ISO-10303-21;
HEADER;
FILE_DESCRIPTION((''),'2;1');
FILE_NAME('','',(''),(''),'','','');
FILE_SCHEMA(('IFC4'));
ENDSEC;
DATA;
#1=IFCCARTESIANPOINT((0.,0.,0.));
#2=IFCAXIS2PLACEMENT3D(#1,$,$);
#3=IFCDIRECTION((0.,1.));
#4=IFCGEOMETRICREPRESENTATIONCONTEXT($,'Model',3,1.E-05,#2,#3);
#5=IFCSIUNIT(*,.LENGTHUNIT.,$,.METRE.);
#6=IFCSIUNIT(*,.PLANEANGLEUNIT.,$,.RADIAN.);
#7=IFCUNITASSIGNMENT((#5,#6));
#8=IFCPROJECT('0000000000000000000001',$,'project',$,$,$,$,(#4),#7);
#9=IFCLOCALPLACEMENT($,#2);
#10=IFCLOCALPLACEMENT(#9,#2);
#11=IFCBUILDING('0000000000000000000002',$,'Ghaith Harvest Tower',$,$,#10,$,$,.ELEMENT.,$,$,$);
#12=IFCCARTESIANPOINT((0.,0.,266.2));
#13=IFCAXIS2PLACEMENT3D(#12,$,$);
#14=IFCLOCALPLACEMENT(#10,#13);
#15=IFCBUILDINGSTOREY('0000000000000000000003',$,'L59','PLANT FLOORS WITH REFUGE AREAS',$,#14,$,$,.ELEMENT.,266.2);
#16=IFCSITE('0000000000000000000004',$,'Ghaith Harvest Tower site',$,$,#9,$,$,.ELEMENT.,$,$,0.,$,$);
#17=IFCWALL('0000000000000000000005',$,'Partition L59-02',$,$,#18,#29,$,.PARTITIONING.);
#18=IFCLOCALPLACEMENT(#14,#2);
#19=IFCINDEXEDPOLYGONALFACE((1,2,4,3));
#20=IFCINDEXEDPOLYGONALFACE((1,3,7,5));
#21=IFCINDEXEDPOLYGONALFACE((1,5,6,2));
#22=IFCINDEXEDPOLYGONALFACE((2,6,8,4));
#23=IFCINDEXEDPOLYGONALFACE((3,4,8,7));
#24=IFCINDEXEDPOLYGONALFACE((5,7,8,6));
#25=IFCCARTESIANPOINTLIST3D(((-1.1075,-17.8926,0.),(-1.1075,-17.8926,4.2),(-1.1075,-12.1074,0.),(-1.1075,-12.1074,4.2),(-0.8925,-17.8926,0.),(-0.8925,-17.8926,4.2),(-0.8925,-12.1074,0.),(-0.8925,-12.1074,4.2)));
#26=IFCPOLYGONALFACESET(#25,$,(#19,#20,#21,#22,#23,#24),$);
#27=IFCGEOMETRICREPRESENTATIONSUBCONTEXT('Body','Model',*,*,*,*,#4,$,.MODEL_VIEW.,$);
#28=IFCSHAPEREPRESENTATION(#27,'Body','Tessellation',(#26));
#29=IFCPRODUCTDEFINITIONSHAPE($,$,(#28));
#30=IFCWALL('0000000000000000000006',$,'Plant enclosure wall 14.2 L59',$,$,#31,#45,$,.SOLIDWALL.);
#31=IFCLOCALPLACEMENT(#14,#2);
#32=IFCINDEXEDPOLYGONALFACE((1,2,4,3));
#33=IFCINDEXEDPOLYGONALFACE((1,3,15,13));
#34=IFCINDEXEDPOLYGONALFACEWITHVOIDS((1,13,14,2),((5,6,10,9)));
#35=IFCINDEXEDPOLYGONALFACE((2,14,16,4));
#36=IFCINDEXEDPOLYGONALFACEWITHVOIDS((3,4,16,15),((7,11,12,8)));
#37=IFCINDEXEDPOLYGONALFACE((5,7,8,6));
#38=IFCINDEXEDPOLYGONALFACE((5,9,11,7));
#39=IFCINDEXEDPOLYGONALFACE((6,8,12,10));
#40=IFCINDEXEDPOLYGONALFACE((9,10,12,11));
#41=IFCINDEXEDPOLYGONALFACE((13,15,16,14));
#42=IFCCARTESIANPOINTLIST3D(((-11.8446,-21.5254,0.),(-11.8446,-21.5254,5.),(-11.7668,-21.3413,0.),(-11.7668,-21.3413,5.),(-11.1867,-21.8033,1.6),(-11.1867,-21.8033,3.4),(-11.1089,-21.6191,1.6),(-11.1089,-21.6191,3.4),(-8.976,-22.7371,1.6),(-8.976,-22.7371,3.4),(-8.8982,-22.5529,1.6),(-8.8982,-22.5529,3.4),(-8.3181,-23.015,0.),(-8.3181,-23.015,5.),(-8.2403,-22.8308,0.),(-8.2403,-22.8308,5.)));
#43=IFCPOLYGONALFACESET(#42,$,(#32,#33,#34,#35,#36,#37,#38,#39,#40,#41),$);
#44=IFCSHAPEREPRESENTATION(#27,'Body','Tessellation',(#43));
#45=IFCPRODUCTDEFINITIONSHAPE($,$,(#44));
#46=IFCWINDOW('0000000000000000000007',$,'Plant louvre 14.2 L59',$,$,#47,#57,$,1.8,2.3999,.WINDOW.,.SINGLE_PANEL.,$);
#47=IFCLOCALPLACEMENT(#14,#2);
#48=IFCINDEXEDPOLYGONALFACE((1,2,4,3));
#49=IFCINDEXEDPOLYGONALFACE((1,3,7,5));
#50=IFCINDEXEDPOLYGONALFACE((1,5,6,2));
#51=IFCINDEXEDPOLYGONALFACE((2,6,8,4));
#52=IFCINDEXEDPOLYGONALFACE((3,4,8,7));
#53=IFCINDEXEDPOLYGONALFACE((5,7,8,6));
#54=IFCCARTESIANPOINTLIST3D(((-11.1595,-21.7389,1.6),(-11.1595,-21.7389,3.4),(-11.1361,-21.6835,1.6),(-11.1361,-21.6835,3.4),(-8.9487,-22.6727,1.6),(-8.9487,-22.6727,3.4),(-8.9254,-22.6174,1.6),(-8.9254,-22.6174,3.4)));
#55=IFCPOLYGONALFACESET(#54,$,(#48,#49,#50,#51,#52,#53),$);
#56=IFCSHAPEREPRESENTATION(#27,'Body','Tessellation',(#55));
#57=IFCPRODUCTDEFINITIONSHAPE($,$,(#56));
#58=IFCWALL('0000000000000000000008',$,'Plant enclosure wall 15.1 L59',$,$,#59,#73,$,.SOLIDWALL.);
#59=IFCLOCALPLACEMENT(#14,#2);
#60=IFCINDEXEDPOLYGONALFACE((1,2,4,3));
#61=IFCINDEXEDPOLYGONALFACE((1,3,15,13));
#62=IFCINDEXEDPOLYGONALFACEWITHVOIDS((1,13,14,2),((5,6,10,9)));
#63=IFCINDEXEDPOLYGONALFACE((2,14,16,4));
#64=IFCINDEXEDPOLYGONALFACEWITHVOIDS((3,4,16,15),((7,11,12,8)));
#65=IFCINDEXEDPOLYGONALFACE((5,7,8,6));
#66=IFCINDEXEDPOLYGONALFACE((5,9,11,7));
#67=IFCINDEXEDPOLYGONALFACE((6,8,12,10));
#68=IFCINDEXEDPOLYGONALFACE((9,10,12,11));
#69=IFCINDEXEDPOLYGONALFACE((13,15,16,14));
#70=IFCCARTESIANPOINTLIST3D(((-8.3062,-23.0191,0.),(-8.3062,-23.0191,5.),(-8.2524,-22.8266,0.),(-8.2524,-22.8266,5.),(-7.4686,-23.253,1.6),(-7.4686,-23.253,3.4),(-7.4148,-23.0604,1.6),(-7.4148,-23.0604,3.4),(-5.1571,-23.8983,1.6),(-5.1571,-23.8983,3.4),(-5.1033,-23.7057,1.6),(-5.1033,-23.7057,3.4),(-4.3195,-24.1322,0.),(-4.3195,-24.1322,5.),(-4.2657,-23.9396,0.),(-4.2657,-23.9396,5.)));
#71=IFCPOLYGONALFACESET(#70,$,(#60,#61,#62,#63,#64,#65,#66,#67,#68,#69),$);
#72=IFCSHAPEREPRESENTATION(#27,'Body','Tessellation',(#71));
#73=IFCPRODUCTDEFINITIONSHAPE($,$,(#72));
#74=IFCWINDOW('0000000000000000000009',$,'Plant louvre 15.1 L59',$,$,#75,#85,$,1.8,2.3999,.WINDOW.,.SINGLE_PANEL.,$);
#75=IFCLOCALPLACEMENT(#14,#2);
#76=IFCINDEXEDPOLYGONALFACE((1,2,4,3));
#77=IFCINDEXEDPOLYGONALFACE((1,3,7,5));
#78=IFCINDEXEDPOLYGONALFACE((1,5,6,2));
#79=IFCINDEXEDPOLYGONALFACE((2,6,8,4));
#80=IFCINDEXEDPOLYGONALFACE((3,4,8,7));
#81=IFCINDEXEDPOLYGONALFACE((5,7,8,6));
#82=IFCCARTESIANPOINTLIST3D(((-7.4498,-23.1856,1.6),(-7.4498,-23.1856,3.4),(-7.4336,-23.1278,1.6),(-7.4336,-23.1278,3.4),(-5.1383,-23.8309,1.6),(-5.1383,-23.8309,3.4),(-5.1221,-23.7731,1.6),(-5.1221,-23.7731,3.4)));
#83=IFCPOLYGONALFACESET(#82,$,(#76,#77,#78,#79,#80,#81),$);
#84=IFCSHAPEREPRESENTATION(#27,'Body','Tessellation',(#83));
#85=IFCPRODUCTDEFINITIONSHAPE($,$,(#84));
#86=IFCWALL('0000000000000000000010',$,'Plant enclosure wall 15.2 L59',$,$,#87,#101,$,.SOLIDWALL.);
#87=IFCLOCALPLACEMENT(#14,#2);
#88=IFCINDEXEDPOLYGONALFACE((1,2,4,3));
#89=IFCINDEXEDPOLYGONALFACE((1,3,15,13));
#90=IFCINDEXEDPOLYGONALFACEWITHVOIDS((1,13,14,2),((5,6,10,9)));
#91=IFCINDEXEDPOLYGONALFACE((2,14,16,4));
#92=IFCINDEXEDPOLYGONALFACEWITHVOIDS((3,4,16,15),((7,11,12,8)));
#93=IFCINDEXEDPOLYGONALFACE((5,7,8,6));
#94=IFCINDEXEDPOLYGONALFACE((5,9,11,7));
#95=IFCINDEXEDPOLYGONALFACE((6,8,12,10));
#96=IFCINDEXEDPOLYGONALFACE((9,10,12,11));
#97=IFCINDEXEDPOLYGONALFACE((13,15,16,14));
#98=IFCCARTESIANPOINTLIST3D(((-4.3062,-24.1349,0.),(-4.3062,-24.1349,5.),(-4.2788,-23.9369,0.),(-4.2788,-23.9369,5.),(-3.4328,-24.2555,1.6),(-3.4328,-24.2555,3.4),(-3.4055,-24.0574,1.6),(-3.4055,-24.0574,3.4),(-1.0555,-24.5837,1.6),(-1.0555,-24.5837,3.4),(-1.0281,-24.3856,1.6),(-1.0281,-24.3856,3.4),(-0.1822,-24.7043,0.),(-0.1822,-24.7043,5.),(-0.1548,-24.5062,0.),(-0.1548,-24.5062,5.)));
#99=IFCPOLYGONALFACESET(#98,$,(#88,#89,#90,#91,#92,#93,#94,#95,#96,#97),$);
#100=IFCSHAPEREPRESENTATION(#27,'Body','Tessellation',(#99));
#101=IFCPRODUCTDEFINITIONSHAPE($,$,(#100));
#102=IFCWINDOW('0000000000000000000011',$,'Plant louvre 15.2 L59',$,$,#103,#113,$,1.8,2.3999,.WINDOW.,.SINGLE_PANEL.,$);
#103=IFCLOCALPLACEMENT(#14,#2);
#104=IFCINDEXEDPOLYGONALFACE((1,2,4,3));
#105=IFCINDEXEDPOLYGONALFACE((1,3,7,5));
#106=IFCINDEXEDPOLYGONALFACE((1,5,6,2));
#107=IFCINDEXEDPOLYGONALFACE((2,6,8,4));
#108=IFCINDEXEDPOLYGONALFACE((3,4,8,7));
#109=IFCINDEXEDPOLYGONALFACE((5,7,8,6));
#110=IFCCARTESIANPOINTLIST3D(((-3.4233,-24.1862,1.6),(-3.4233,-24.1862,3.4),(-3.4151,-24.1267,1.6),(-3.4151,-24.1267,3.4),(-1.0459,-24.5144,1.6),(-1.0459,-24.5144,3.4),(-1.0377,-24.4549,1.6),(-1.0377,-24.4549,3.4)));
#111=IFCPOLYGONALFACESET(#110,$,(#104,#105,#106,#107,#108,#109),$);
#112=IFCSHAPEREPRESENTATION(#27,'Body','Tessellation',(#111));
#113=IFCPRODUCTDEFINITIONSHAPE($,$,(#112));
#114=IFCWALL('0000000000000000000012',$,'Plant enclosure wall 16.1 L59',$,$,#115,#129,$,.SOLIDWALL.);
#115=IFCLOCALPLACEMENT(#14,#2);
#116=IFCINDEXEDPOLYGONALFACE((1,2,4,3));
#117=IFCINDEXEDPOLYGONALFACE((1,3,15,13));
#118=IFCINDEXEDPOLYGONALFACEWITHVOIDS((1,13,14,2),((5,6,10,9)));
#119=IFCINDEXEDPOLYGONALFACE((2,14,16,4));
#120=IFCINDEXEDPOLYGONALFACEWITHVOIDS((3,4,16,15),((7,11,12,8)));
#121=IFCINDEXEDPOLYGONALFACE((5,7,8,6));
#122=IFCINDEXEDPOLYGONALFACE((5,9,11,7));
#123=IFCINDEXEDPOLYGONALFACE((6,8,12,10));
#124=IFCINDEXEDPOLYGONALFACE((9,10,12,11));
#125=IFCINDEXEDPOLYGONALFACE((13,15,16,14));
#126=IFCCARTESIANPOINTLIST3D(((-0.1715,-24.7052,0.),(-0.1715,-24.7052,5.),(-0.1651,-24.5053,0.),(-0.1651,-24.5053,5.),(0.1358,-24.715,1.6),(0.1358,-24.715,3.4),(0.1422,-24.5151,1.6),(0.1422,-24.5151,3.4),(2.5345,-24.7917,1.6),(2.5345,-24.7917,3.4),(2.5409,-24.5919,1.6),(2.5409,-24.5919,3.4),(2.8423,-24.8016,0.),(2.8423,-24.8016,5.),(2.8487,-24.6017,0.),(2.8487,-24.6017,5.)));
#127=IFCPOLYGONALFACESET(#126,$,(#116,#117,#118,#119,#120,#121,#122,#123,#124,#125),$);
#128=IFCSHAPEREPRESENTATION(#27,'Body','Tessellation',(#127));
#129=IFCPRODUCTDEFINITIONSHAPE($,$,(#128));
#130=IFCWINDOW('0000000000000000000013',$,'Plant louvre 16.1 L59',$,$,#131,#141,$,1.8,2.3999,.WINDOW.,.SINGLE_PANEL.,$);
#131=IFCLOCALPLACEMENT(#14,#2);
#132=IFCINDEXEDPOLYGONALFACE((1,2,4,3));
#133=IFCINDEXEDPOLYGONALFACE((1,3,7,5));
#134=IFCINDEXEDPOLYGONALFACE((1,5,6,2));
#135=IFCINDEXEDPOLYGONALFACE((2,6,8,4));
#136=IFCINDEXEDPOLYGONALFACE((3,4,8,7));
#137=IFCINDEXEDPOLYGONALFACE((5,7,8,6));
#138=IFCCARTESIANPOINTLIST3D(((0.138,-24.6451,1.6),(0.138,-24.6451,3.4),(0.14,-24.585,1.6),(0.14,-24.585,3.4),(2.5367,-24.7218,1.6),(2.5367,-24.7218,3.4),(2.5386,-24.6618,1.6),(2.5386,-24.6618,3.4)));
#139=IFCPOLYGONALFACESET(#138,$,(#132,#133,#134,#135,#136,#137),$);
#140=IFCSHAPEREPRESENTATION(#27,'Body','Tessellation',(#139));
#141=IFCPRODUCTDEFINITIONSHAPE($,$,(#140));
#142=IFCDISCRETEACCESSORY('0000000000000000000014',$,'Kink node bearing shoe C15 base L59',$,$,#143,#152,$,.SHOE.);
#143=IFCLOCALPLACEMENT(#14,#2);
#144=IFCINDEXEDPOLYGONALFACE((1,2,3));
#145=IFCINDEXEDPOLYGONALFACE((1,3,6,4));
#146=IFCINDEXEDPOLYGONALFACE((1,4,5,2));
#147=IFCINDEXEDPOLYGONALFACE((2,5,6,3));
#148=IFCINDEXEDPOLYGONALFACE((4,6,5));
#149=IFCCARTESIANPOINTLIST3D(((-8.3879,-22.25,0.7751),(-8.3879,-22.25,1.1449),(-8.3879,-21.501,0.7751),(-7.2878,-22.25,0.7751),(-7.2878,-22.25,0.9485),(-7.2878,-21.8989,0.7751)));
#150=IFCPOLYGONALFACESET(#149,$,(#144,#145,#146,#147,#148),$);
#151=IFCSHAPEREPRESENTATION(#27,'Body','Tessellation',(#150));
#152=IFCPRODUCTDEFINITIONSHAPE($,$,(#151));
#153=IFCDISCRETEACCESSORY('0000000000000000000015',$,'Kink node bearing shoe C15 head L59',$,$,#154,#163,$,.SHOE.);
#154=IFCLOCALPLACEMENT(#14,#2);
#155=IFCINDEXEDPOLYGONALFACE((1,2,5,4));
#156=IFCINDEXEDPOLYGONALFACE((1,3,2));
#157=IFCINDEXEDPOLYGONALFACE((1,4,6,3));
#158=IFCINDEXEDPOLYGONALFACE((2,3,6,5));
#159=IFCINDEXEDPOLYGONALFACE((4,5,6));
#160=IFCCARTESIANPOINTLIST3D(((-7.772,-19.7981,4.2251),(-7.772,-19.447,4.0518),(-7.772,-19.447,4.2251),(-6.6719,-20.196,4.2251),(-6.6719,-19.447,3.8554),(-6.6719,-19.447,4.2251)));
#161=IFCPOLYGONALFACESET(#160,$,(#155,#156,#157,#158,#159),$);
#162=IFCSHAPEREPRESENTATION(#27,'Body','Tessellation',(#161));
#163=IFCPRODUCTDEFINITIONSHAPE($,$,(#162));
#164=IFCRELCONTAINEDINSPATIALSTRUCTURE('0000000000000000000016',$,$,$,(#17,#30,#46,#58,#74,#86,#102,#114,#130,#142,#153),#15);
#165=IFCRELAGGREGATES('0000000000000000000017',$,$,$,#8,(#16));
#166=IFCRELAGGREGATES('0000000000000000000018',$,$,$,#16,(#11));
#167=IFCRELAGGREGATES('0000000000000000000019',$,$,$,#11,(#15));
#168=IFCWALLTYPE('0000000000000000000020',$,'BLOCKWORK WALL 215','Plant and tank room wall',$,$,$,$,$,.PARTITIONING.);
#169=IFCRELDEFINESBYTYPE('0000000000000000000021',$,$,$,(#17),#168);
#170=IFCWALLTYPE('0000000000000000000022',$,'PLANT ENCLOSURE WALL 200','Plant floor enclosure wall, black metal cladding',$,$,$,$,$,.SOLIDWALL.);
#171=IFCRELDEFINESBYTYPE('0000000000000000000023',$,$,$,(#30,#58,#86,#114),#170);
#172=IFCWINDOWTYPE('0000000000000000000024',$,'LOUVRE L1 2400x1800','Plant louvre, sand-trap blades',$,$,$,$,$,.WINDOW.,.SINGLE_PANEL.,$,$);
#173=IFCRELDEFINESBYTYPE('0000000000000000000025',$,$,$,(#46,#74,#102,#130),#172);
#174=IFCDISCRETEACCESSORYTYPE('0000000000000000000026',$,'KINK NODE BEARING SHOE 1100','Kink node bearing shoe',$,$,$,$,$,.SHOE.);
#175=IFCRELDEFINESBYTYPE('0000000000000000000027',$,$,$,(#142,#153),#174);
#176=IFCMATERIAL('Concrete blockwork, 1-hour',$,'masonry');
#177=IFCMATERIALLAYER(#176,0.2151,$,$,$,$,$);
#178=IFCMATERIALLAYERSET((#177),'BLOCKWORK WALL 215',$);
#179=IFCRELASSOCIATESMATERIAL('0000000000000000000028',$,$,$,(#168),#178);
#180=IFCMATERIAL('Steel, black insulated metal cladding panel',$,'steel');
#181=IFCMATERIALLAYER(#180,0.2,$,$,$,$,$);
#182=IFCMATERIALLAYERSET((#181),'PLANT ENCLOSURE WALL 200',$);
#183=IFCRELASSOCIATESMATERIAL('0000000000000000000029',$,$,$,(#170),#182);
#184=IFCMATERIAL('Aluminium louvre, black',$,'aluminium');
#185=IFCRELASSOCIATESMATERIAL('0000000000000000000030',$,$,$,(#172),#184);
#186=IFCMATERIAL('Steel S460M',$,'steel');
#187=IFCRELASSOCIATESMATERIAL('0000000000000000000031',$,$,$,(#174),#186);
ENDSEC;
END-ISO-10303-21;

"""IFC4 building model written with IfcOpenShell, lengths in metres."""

from ifc_helpers import new_model, si_unit, direction, frame, frame_2d, origin, origin_2d, place, context, subcontext, project, spatial, rectangle, extrude, clip, halfspace, material, layer, layer_set, material_profile, profile_set, type_object, element, fill, save


model = new_model("IFC4")

# Units and contexts
model_context = context("Model", 3, precision=1e-05, world=origin(), true_north=direction((0.0, 1.0)))
body_context = subcontext(model_context, "Body", "Model", "MODEL_VIEW")
ifc_project = project(units=[si_unit("LENGTHUNIT", "METRE"), si_unit("PLANEANGLEUNIT", "RADIAN")], contexts=[model_context])

# Site, building, storey
site_placement = place(None, origin())
site = spatial("IfcSite", under=ifc_project, at=site_placement, Name="Ghaith Harvest Tower site", CompositionType="ELEMENT", RefElevation=0.0)
building_placement = place(site_placement, origin())
building = spatial("IfcBuilding", under=site, at=building_placement, Name="Ghaith Harvest Tower", CompositionType="ELEMENT")
storey_placement = place(building_placement, frame((0.0, 0.0, 266.2)))
storey = spatial("IfcBuildingStorey", under=building, at=storey_placement, Name="L59", Description="PLANT FLOORS WITH REFUGE AREAS", CompositionType="ELEMENT", Elevation=266.2)

# Wall
ifc_material_1 = material(Name="Concrete blockwork, 1-hour", Category="masonry")
ifc_layer_1 = layer(ifc_material_1, 0.2151)
ifc_layer_set_1 = layer_set([ifc_layer_1], Name="BLOCKWORK WALL 215")
wall_type_1 = type_object("IfcWallType", Name="BLOCKWORK WALL 215", Description="Plant and tank room wall", PredefinedType="PARTITIONING", material=ifc_layer_set_1)
for number, where, z_axis, x_axis, name in (
    (1, (-1.0, -17.8926, 0.0), (0.0, 0.0, 1.0), (0.0, 1.0, 0.0), "Partition L59-02"),
):
    element("IfcWall", number, at=place(storey_placement, frame(where, z_axis=z_axis, x_axis=x_axis)), inside=storey, type_object=wall_type_1, Name=name, PredefinedType="PARTITIONING", context=body_context, shape_type="SweptSolid", body=[
        extrude(rectangle(XDim=5.7852, YDim=0.2151, at=frame_2d((2.8926, 0.0))), origin(), (0.0, 0.0, 1.0), 4.2),
    ])

# Walls, openings, windows
ifc_material_2 = material(Name="Steel, black insulated metal cladding panel", Category="steel")
ifc_layer_2 = layer(ifc_material_2, 0.2)
ifc_layer_set_2 = layer_set([ifc_layer_2], Name="PLANT ENCLOSURE WALL 200")
wall_type_2 = type_object("IfcWallType", Name="PLANT ENCLOSURE WALL 200", Description="Plant floor enclosure wall, black metal cladding", PredefinedType="SOLIDWALL", material=ifc_layer_set_2)
wall_1_placement = place(storey_placement, frame((-11.8057, -21.4333, 0.0), z_axis=(0.0, 0.0, 1.0), x_axis=(0.921194, -0.389103, 0.0)))
wall_1 = element("IfcWall", 2, at=wall_1_placement, inside=storey, type_object=wall_type_2, Name="Plant enclosure wall 14.2 L59", PredefinedType="SOLIDWALL", context=body_context, shape_type="SweptSolid", body=[
    extrude(rectangle(XDim=3.8281, YDim=0.2, at=frame_2d((1.9141, 0.0))), origin(), (0.0, 0.0, 1.0), 5.0),
])
opening_1_placement = place(wall_1_placement, frame((0.7141, 0.0, 1.6001)))
opening_1 = element("IfcOpeningElement", 3, at=opening_1_placement, cuts=wall_1, PredefinedType="OPENING", context=body_context, shape_type="SweptSolid", body=[
    extrude(rectangle(XDim=2.3999, YDim=1.8, at=frame_2d((1.2, 0.8999))), frame((0.0, 0.1099, 0.0), z_axis=(0.0, -1.0, 0.0), x_axis=(1.0, 0.0, 0.0)), (0.0, 0.0, 1.0), 0.22),
])
ifc_material_3 = material(Name="Aluminium louvre, black", Category="aluminium")
window_type = type_object("IfcWindowType", Name="LOUVRE L1 2400x1800", Description="Plant louvre, sand-trap blades", PartitioningType="SINGLE_PANEL", PredefinedType="WINDOW", material=ifc_material_3)
window_1_placement = place(opening_1_placement, origin())
window_1 = element("IfcWindow", 4, at=window_1_placement, inside=storey, type_object=window_type, Name="Plant louvre 14.2 L59", OverallHeight=1.8, OverallWidth=2.3999, PartitioningType="SINGLE_PANEL", PredefinedType="WINDOW", context=body_context, shape_type="SweptSolid", body=[
    extrude(rectangle(XDim=2.3999, YDim=1.8, at=frame_2d((1.2, 0.8999))), frame((0.0, 0.03, 0.0), z_axis=(0.0, -1.0, 0.0), x_axis=(1.0, 0.0, 0.0)), (0.0, 0.0, 1.0), 0.0601),
])
fill(opening_1, window_1)
wall_2_placement = place(storey_placement, frame((-8.2793, -22.9229, 0.0), z_axis=(0.0, 0.0, 1.0), x_axis=(0.963169, -0.268897, 0.0)))
wall_2 = element("IfcWall", 5, at=wall_2_placement, inside=storey, type_object=wall_type_2, Name="Plant enclosure wall 15.1 L59", PredefinedType="SOLIDWALL", context=body_context, shape_type="SweptSolid", body=[
    extrude(rectangle(XDim=4.1392, YDim=0.2, at=frame_2d((2.0696, 0.0))), origin(), (0.0, 0.0, 1.0), 5.0),
])
opening_2_placement = place(wall_2_placement, frame((0.8696, 0.0, 1.6001)))
opening_2 = element("IfcOpeningElement", 6, at=opening_2_placement, cuts=wall_2, PredefinedType="OPENING", context=body_context, shape_type="SweptSolid", body=[
    extrude(rectangle(XDim=2.3999, YDim=1.8, at=frame_2d((1.2, 0.8999))), frame((0.0, 0.1099, 0.0), z_axis=(0.0, -1.0, 0.0), x_axis=(1.0, 0.0, 0.0)), (0.0, 0.0, 1.0), 0.22),
])
window_2_placement = place(opening_2_placement, origin())
window_2 = element("IfcWindow", 7, at=window_2_placement, inside=storey, type_object=window_type, Name="Plant louvre 15.1 L59", OverallHeight=1.8, OverallWidth=2.3999, PartitioningType="SINGLE_PANEL", PredefinedType="WINDOW", context=body_context, shape_type="SweptSolid", body=[
    extrude(rectangle(XDim=2.3999, YDim=1.8, at=frame_2d((1.2, 0.8999))), frame((0.0, 0.03, 0.0), z_axis=(0.0, -1.0, 0.0), x_axis=(1.0, 0.0, 0.0)), (0.0, 0.0, 1.0), 0.0601),
])
fill(opening_2, window_2)
wall_3_placement = place(storey_placement, frame((-4.2925, -24.0359, 0.0), z_axis=(0.0, 0.0, 1.0), x_axis=(0.990605, -0.136756, 0.0)))
wall_3 = element("IfcWall", 8, at=wall_3_placement, inside=storey, type_object=wall_type_2, Name="Plant enclosure wall 15.2 L59", PredefinedType="SOLIDWALL", context=body_context, shape_type="SweptSolid", body=[
    extrude(rectangle(XDim=4.1631, YDim=0.2, at=frame_2d((2.0815, 0.0))), origin(), (0.0, 0.0, 1.0), 5.0),
])
opening_3_placement = place(wall_3_placement, frame((0.8816, 0.0, 1.6001)))
opening_3 = element("IfcOpeningElement", 9, at=opening_3_placement, cuts=wall_3, PredefinedType="OPENING", context=body_context, shape_type="SweptSolid", body=[
    extrude(rectangle(XDim=2.3999, YDim=1.8, at=frame_2d((1.2, 0.8999))), frame((0.0, 0.1099, 0.0), z_axis=(0.0, -1.0, 0.0), x_axis=(1.0, 0.0, 0.0)), (0.0, 0.0, 1.0), 0.22),
])
window_3_placement = place(opening_3_placement, origin())
window_3 = element("IfcWindow", 10, at=window_3_placement, inside=storey, type_object=window_type, Name="Plant louvre 15.2 L59", OverallHeight=1.8, OverallWidth=2.3999, PartitioningType="SINGLE_PANEL", PredefinedType="WINDOW", context=body_context, shape_type="SweptSolid", body=[
    extrude(rectangle(XDim=2.3999, YDim=1.8, at=frame_2d((1.2, 0.8999))), frame((0.0, 0.03, 0.0), z_axis=(0.0, -1.0, 0.0), x_axis=(1.0, 0.0, 0.0)), (0.0, 0.0, 1.0), 0.0601),
])
fill(opening_3, window_3)
wall_4_placement = place(storey_placement, frame((-0.1685, -24.6052, 0.0), z_axis=(0.0, 0.0, 1.0), x_axis=(0.999488, -0.03198, 0.0)))
wall_4 = element("IfcWall", 11, at=wall_4_placement, inside=storey, type_object=wall_type_2, Name="Plant enclosure wall 16.1 L59", PredefinedType="SOLIDWALL", context=body_context, shape_type="SweptSolid", body=[
    extrude(rectangle(XDim=3.0154, YDim=0.2, at=frame_2d((1.5078, 0.0))), origin(), (0.0, 0.0, 1.0), 5.0),
])
opening_4_placement = place(wall_4_placement, frame((0.3076, 0.0, 1.6001)))
opening_4 = element("IfcOpeningElement", 12, at=opening_4_placement, cuts=wall_4, PredefinedType="OPENING", context=body_context, shape_type="SweptSolid", body=[
    extrude(rectangle(XDim=2.3999, YDim=1.8, at=frame_2d((1.2, 0.8999))), frame((0.0, 0.1099, 0.0), z_axis=(0.0, -1.0, 0.0), x_axis=(1.0, 0.0, 0.0)), (0.0, 0.0, 1.0), 0.22),
])
window_4_placement = place(opening_4_placement, origin())
window_4 = element("IfcWindow", 13, at=window_4_placement, inside=storey, type_object=window_type, Name="Plant louvre 16.1 L59", OverallHeight=1.8, OverallWidth=2.3999, PartitioningType="SINGLE_PANEL", PredefinedType="WINDOW", context=body_context, shape_type="SweptSolid", body=[
    extrude(rectangle(XDim=2.3999, YDim=1.8, at=frame_2d((1.2, 0.8999))), frame((0.0, 0.03, 0.0), z_axis=(0.0, -1.0, 0.0), x_axis=(1.0, 0.0, 0.0)), (0.0, 0.0, 1.0), 0.0601),
])
fill(opening_4, window_4)

# Discrete accessories
ifc_material_4 = material(Name="Steel S460M", Category="steel")
ifc_material_profile_1 = material_profile(ifc_material_4, rectangle(XDim=1.1001, YDim=1.1001, at=origin_2d()), Name="KINK NODE BEARING SHOE 1100")
ifc_profile_set_1 = profile_set([ifc_material_profile_1], Name="Steel S460M")
discrete_accessory_type = type_object("IfcDiscreteAccessoryType", Name="KINK NODE BEARING SHOE 1100", Description="Kink node bearing shoe", PredefinedType="SHOE", material=ifc_profile_set_1)
discrete_accessory_1_placement = place(storey_placement, frame((-7.8379, -21.7, 0.7751), z_axis=(0.0, 0.0, 1.0), x_axis=(1.0, 0.0, 0.0)))
element("IfcDiscreteAccessory", 14, at=discrete_accessory_1_placement, inside=storey, type_object=discrete_accessory_type, Name="Kink node bearing shoe C15 base L59", PredefinedType="SHOE", context=body_context, shape_type="Clipping", body=[
    clip(extrude(rectangle(XDim=1.1001, YDim=1.1001, at=origin_2d()), origin(), (0.0, 0.0, 1.0), 0.3796), halfspace(frame((0.0, 0.0, 0.0), z_axis=(0.158093, 0.437067, 0.885426), x_axis=(1.0, 0.0, 0.0)), False)),
])
discrete_accessory_2_placement = place(storey_placement, frame((-7.2219, -19.9971, 3.8455), z_axis=(0.0, 0.0, 1.0), x_axis=(1.0, 0.0, 0.0)))
element("IfcDiscreteAccessory", 15, at=discrete_accessory_2_placement, inside=storey, type_object=discrete_accessory_type, Name="Kink node bearing shoe C15 head L59", PredefinedType="SHOE", context=body_context, shape_type="Clipping", body=[
    clip(extrude(rectangle(XDim=1.1001, YDim=1.1001, at=origin_2d()), origin(), (0.0, 0.0, 1.0), 0.3796), halfspace(frame((0.0, 0.0, 0.3796), z_axis=(-0.158093, -0.437067, -0.885426), x_axis=(1.0, 0.0, 0.0)), False)),
])

save(model, "model.ifc")
